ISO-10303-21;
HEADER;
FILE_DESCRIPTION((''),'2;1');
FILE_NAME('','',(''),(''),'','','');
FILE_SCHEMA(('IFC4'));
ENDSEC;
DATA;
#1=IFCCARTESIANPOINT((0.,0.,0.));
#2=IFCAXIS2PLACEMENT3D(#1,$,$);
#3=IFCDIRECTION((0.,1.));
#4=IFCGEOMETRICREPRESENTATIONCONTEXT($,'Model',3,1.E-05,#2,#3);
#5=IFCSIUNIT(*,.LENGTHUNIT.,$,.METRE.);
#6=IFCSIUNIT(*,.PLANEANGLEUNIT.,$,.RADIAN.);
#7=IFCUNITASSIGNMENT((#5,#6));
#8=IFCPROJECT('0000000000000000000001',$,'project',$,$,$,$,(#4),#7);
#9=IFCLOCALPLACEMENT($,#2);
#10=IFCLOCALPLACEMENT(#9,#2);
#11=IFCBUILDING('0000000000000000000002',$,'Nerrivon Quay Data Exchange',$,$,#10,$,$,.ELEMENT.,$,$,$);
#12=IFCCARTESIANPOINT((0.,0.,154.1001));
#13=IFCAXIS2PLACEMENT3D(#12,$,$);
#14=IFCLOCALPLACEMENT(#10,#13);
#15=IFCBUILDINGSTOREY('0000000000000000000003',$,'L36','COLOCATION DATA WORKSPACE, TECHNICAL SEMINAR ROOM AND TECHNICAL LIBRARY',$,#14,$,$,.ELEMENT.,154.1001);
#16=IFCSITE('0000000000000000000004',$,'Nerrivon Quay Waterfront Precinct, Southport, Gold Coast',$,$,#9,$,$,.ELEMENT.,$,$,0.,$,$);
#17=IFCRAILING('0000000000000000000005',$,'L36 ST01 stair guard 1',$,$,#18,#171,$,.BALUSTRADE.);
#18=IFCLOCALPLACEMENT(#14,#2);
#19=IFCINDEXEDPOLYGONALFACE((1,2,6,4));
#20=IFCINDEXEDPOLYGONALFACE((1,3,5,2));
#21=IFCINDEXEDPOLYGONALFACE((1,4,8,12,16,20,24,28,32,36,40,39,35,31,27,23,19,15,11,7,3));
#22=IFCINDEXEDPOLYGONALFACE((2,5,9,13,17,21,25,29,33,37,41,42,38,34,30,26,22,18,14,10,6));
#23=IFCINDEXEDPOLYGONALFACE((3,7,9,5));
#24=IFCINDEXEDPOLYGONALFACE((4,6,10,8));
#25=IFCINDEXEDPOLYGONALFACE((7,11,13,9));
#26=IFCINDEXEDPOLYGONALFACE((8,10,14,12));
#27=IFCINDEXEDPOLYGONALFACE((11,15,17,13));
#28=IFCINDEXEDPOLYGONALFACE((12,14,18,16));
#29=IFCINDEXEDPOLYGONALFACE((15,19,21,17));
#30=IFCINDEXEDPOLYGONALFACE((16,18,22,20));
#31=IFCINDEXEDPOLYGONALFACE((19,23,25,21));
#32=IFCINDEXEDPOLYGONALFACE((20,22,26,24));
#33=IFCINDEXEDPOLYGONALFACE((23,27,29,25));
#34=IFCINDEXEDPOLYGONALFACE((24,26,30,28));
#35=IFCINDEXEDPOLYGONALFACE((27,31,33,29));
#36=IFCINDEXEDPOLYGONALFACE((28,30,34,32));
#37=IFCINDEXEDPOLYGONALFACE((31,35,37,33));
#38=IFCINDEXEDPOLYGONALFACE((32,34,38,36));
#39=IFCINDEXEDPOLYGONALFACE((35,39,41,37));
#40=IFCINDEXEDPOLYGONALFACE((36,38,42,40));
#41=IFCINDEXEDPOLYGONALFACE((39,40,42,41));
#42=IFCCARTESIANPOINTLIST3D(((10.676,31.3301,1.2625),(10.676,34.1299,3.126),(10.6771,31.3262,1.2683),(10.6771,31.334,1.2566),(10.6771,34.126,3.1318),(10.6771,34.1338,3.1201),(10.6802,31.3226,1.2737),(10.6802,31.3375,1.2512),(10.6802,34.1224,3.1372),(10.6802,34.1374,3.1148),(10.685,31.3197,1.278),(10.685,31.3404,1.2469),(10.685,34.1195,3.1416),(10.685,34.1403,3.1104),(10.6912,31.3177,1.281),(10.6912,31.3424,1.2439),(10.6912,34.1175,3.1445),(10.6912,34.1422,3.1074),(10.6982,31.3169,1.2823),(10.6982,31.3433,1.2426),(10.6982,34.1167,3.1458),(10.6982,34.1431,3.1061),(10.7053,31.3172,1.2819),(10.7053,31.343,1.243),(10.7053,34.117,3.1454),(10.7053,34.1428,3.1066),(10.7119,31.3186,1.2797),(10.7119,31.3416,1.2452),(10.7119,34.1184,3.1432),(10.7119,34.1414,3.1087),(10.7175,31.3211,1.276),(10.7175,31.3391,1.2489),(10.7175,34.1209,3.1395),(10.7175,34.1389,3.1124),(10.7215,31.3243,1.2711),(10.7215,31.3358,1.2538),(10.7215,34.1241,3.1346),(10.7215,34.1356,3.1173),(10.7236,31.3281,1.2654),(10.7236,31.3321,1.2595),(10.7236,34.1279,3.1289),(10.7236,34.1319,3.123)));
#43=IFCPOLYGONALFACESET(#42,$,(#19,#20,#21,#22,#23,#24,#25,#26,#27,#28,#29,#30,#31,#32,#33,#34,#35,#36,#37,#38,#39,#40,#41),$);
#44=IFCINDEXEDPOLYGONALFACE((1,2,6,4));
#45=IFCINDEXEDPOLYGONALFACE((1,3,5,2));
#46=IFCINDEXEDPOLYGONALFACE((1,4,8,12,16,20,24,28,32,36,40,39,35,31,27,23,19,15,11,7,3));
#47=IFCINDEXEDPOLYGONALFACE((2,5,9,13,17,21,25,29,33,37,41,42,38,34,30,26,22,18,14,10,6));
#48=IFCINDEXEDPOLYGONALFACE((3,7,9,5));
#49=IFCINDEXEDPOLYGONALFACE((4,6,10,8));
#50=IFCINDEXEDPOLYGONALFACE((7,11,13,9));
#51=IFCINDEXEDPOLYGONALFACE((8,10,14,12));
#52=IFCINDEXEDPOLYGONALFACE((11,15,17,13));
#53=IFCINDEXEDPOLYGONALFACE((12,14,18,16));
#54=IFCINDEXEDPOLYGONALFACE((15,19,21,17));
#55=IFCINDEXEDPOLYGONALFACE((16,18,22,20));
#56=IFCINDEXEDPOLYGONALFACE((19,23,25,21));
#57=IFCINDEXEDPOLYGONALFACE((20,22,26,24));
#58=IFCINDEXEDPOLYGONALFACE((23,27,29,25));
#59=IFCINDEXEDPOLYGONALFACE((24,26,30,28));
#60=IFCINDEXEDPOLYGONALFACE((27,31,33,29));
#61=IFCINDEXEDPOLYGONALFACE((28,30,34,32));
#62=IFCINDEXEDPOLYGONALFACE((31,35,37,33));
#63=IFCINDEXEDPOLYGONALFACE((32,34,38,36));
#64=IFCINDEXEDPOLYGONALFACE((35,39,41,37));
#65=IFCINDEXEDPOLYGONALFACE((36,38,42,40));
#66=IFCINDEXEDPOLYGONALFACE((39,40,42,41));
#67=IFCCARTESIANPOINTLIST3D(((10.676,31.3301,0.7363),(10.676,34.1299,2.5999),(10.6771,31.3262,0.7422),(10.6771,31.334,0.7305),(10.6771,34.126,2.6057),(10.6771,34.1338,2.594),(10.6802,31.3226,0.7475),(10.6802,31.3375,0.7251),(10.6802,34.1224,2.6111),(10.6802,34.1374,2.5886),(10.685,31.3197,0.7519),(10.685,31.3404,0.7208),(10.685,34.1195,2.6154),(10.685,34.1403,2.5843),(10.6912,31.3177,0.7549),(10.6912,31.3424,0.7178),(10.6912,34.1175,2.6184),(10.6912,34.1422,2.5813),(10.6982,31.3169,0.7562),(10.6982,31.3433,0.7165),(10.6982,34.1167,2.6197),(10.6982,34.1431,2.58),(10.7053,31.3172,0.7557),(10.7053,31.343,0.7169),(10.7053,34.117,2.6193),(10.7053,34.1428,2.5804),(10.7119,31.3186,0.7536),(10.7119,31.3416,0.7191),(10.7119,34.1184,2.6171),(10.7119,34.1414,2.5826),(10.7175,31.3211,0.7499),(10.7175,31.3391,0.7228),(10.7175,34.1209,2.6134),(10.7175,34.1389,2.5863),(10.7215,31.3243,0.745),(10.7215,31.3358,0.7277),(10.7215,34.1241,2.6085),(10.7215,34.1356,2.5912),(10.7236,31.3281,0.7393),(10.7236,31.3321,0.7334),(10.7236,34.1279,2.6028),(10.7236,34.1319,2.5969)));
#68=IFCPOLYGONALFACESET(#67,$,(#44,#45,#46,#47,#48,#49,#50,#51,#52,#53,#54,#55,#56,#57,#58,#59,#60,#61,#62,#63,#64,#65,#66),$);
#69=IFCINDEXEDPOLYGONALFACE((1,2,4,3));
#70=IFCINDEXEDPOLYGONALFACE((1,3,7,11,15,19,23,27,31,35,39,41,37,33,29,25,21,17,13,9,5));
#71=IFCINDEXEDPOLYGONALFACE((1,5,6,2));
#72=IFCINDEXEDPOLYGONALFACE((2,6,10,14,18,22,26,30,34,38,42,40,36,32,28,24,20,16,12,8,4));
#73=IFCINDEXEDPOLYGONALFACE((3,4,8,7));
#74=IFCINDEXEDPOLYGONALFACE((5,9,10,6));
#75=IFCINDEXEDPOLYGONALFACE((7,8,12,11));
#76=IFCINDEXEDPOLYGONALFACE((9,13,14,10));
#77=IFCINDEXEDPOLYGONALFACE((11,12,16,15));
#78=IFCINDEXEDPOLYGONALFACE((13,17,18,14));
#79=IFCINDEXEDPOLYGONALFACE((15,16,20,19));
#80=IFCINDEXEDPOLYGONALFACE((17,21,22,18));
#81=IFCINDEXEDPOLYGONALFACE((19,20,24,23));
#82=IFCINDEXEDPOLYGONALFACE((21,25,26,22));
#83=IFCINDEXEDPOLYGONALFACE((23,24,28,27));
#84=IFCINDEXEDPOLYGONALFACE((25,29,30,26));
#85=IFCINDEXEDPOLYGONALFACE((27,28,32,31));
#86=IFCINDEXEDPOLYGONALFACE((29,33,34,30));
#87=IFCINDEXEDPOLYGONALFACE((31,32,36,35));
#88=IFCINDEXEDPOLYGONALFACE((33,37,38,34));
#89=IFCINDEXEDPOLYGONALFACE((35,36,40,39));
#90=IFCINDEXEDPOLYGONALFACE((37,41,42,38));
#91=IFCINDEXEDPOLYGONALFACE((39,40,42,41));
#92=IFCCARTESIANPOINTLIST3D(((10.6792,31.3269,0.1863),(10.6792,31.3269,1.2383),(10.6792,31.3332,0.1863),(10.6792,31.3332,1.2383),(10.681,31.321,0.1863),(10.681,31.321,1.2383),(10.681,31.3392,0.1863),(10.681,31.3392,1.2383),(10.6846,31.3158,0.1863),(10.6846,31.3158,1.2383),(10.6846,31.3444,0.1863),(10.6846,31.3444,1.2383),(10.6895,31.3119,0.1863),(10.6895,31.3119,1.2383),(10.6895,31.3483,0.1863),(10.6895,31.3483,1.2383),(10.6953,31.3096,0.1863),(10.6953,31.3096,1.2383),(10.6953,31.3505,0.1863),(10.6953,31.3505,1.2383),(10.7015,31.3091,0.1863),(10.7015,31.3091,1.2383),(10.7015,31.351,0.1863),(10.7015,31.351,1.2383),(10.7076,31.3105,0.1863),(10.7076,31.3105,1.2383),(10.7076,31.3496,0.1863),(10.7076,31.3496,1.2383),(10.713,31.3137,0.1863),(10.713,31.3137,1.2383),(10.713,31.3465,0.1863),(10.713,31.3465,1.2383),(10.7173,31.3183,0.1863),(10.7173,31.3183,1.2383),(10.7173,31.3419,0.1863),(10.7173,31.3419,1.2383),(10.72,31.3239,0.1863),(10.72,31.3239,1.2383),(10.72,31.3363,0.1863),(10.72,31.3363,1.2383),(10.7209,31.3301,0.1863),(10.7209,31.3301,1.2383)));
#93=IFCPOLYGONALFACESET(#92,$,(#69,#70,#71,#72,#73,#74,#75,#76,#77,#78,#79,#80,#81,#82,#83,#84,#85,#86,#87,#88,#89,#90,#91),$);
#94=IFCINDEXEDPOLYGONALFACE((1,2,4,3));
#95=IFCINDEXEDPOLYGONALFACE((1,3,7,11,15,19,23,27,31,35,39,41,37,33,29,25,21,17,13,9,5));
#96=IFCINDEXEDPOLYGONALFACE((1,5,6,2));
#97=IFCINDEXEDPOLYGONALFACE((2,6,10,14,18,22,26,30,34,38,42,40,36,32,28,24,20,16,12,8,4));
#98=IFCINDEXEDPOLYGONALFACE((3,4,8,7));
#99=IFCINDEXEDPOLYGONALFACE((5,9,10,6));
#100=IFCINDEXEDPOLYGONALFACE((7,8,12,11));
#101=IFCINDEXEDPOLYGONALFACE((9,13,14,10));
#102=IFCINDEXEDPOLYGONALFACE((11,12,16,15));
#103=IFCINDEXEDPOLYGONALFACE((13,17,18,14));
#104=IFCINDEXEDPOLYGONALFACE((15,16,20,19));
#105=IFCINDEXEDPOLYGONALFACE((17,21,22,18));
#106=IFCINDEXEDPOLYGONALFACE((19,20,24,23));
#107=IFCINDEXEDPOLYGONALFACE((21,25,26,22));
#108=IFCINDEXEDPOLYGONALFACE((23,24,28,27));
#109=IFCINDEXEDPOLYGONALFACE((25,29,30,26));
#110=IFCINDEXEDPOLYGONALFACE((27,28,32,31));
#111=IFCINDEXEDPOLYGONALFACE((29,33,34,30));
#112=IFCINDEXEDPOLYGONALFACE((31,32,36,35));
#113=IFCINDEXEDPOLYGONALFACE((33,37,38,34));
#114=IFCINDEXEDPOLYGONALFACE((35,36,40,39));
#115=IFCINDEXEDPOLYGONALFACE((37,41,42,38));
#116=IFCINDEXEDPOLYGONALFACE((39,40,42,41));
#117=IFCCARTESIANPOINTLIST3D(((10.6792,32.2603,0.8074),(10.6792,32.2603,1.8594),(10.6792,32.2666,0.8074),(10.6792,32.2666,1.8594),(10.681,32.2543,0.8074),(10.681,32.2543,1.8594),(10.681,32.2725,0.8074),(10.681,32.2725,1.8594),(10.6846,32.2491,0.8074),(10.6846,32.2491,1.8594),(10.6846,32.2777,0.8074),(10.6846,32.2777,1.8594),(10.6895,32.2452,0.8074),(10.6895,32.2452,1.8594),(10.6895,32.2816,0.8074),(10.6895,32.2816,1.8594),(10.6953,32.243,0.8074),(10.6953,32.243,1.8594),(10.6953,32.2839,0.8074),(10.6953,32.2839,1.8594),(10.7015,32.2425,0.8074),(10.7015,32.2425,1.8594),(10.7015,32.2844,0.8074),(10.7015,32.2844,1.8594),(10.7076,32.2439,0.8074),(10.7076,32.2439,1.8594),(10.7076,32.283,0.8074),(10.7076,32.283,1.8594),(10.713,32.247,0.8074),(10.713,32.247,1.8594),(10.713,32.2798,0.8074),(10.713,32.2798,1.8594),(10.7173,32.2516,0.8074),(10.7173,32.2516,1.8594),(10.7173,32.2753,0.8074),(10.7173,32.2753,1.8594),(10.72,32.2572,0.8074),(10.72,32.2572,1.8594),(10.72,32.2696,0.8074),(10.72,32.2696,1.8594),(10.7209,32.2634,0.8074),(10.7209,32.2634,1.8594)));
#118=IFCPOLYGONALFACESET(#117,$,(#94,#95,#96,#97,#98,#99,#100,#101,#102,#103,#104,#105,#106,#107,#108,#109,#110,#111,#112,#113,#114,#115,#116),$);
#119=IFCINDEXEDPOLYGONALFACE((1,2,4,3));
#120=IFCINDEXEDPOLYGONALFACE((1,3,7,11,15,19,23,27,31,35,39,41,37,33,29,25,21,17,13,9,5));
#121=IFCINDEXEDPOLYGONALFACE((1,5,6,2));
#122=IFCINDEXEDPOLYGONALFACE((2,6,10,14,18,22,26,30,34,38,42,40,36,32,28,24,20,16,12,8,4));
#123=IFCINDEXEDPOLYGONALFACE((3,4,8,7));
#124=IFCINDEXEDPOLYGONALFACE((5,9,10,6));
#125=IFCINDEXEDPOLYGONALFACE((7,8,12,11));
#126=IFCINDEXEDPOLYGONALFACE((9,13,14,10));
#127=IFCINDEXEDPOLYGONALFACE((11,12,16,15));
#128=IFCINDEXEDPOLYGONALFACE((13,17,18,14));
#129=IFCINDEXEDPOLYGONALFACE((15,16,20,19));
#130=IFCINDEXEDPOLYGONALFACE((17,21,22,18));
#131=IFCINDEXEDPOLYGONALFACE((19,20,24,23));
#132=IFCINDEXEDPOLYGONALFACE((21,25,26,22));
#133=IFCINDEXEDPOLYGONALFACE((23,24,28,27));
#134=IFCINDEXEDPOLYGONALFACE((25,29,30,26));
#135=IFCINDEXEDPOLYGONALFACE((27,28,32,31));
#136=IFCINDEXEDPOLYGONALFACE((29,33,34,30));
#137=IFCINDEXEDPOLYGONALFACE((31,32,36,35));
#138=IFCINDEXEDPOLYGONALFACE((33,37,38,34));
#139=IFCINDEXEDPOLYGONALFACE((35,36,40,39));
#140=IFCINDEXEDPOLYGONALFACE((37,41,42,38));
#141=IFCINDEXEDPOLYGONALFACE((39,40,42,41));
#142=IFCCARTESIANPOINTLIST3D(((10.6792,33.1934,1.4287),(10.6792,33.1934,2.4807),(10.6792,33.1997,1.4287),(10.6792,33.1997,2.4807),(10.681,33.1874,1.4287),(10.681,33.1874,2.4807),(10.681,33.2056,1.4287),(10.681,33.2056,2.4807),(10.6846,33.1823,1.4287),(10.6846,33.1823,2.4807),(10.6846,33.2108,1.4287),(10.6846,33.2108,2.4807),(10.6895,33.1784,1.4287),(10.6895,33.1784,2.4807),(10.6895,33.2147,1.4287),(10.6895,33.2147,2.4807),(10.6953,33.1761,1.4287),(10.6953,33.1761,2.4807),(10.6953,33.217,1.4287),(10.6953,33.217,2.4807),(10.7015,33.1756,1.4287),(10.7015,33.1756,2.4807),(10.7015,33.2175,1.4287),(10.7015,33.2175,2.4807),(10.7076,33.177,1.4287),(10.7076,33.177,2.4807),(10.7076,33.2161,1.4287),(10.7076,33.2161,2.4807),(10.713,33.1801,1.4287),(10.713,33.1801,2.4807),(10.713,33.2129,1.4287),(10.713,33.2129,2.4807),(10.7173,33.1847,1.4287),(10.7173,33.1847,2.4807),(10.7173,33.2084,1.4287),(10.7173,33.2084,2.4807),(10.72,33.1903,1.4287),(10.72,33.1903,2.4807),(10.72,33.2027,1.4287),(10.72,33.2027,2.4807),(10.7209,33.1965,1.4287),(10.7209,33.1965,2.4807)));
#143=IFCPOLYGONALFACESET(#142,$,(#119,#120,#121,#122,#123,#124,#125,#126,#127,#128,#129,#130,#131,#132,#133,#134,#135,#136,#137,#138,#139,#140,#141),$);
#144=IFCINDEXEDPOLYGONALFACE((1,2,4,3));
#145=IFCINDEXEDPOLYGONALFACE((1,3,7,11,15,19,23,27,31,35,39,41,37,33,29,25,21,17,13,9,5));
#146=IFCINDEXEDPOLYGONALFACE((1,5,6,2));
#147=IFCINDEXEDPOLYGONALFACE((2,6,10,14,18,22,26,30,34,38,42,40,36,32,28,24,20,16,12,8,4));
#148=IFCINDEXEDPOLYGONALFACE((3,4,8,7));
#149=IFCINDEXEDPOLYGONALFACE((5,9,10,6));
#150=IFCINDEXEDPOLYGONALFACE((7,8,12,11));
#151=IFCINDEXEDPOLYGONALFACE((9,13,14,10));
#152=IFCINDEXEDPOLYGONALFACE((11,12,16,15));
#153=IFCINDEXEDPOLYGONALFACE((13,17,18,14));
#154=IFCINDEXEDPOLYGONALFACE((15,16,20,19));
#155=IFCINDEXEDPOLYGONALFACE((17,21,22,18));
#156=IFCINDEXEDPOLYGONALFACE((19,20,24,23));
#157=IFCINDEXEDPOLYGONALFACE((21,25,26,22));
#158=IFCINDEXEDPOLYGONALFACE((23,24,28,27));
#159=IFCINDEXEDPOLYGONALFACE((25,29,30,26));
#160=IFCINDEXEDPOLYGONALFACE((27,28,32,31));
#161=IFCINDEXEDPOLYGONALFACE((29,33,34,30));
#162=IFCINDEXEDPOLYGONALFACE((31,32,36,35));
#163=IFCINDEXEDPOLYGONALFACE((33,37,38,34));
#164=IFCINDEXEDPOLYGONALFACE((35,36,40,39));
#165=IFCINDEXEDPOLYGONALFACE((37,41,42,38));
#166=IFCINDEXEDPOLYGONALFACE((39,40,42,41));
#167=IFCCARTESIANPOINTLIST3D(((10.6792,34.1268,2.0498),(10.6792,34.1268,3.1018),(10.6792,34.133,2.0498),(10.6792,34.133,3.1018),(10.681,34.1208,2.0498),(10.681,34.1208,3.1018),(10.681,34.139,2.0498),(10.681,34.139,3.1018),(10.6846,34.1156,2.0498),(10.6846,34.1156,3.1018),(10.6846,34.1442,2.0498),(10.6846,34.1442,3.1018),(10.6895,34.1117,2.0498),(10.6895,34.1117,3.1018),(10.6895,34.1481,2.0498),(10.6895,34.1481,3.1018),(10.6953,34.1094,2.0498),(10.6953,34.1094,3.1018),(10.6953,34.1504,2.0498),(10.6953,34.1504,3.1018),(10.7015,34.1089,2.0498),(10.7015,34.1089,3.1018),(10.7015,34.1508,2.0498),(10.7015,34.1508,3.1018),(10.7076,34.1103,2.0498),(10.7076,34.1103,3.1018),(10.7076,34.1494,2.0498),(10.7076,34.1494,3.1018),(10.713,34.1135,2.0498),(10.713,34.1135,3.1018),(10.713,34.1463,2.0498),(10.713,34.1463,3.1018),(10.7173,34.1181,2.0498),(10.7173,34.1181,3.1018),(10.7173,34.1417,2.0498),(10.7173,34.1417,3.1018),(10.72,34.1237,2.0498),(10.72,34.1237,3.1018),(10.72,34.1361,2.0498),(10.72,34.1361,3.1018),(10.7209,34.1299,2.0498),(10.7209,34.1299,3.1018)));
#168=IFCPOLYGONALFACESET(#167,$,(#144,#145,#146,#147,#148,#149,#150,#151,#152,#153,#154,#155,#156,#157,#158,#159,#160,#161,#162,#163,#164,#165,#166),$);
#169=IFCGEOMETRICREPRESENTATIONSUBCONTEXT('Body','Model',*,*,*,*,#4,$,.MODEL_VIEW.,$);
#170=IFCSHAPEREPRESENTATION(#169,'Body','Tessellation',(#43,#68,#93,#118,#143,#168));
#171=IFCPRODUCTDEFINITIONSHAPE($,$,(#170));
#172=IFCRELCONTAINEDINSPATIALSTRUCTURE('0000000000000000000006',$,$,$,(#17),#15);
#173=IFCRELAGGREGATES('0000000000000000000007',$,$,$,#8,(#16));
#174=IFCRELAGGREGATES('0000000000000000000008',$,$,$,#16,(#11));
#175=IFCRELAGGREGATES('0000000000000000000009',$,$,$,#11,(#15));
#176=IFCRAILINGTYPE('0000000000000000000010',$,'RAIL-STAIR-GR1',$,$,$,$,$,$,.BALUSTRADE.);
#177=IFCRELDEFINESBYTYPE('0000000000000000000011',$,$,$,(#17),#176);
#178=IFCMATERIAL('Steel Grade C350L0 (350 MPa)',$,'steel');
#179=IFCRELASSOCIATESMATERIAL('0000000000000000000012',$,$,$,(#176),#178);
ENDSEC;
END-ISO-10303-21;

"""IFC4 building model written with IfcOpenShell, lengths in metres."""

from ifc_helpers import new_model, si_unit, direction, frame, origin, origin_2d, place, context, subcontext, project, spatial, circle, extrude, material, type_object, element, save


model = new_model("IFC4")

# Units and contexts
model_context = context("Model", 3, precision=1e-05, world=origin(), true_north=direction((0.0, 1.0)))
body_context = subcontext(model_context, "Body", "Model", "MODEL_VIEW")
ifc_project = project(units=[si_unit("LENGTHUNIT", "METRE"), si_unit("PLANEANGLEUNIT", "RADIAN")], contexts=[model_context])

# Site, building, storey
site_placement = place(None, origin())
site = spatial("IfcSite", under=ifc_project, at=site_placement, Name="Nerrivon Quay Waterfront Precinct, Southport, Gold Coast", CompositionType="ELEMENT", RefElevation=0.0)
building_placement = place(site_placement, origin())
building = spatial("IfcBuilding", under=site, at=building_placement, Name="Nerrivon Quay Data Exchange", CompositionType="ELEMENT")
storey_placement = place(building_placement, frame((0.0, 0.0, 154.1001)))
storey = spatial("IfcBuildingStorey", under=building, at=storey_placement, Name="L36", Description="COLOCATION DATA WORKSPACE, TECHNICAL SEMINAR ROOM AND TECHNICAL LIBRARY", CompositionType="ELEMENT", Elevation=154.1001)

# Railing
ifc_material_1 = material(Name="Steel Grade C350L0 (350 MPa)", Category="steel")
railing_type_1 = type_object("IfcRailingType", Name="RAIL-STAIR-GR1", PredefinedType="BALUSTRADE", material=ifc_material_1)
railing_1_placement = place(storey_placement, frame((10.7, 31.3301, 0.1863)))
element("IfcRailing", 1, at=railing_1_placement, inside=storey, type_object=railing_type_1, Name="L36 ST01 stair guard 1", PredefinedType="BALUSTRADE", context=body_context, shape_type="SweptSolid", body=[
    extrude(circle(Radius=0.0239, at=origin_2d()), frame((0.0, 0.0, 1.0762), z_axis=(0.0, 0.832463, 0.55408), x_axis=(-1.0, 0.0, 0.0)), (0.0, 0.0, 1.0), 3.3633),
    extrude(circle(Radius=0.0239, at=origin_2d()), frame((0.0, 0.0, 0.55), z_axis=(0.0, 0.832463, 0.55408), x_axis=(-1.0, 0.0, 0.0)), (0.0, 0.0, 1.0), 3.3633),
    extrude(circle(Radius=0.021, at=origin_2d()), origin(), (0.0, 0.0, 1.0), 1.052),
    extrude(circle(Radius=0.021, at=origin_2d()), frame((0.0, 0.9333, 0.6211)), (0.0, 0.0, 1.0), 1.052),
    extrude(circle(Radius=0.021, at=origin_2d()), frame((0.0, 1.8665, 1.2424)), (0.0, 0.0, 1.0), 1.052),
    extrude(circle(Radius=0.021, at=origin_2d()), frame((0.0, 2.7998, 1.8635)), (0.0, 0.0, 1.0), 1.052),
])

save(model, "model.ifc")
